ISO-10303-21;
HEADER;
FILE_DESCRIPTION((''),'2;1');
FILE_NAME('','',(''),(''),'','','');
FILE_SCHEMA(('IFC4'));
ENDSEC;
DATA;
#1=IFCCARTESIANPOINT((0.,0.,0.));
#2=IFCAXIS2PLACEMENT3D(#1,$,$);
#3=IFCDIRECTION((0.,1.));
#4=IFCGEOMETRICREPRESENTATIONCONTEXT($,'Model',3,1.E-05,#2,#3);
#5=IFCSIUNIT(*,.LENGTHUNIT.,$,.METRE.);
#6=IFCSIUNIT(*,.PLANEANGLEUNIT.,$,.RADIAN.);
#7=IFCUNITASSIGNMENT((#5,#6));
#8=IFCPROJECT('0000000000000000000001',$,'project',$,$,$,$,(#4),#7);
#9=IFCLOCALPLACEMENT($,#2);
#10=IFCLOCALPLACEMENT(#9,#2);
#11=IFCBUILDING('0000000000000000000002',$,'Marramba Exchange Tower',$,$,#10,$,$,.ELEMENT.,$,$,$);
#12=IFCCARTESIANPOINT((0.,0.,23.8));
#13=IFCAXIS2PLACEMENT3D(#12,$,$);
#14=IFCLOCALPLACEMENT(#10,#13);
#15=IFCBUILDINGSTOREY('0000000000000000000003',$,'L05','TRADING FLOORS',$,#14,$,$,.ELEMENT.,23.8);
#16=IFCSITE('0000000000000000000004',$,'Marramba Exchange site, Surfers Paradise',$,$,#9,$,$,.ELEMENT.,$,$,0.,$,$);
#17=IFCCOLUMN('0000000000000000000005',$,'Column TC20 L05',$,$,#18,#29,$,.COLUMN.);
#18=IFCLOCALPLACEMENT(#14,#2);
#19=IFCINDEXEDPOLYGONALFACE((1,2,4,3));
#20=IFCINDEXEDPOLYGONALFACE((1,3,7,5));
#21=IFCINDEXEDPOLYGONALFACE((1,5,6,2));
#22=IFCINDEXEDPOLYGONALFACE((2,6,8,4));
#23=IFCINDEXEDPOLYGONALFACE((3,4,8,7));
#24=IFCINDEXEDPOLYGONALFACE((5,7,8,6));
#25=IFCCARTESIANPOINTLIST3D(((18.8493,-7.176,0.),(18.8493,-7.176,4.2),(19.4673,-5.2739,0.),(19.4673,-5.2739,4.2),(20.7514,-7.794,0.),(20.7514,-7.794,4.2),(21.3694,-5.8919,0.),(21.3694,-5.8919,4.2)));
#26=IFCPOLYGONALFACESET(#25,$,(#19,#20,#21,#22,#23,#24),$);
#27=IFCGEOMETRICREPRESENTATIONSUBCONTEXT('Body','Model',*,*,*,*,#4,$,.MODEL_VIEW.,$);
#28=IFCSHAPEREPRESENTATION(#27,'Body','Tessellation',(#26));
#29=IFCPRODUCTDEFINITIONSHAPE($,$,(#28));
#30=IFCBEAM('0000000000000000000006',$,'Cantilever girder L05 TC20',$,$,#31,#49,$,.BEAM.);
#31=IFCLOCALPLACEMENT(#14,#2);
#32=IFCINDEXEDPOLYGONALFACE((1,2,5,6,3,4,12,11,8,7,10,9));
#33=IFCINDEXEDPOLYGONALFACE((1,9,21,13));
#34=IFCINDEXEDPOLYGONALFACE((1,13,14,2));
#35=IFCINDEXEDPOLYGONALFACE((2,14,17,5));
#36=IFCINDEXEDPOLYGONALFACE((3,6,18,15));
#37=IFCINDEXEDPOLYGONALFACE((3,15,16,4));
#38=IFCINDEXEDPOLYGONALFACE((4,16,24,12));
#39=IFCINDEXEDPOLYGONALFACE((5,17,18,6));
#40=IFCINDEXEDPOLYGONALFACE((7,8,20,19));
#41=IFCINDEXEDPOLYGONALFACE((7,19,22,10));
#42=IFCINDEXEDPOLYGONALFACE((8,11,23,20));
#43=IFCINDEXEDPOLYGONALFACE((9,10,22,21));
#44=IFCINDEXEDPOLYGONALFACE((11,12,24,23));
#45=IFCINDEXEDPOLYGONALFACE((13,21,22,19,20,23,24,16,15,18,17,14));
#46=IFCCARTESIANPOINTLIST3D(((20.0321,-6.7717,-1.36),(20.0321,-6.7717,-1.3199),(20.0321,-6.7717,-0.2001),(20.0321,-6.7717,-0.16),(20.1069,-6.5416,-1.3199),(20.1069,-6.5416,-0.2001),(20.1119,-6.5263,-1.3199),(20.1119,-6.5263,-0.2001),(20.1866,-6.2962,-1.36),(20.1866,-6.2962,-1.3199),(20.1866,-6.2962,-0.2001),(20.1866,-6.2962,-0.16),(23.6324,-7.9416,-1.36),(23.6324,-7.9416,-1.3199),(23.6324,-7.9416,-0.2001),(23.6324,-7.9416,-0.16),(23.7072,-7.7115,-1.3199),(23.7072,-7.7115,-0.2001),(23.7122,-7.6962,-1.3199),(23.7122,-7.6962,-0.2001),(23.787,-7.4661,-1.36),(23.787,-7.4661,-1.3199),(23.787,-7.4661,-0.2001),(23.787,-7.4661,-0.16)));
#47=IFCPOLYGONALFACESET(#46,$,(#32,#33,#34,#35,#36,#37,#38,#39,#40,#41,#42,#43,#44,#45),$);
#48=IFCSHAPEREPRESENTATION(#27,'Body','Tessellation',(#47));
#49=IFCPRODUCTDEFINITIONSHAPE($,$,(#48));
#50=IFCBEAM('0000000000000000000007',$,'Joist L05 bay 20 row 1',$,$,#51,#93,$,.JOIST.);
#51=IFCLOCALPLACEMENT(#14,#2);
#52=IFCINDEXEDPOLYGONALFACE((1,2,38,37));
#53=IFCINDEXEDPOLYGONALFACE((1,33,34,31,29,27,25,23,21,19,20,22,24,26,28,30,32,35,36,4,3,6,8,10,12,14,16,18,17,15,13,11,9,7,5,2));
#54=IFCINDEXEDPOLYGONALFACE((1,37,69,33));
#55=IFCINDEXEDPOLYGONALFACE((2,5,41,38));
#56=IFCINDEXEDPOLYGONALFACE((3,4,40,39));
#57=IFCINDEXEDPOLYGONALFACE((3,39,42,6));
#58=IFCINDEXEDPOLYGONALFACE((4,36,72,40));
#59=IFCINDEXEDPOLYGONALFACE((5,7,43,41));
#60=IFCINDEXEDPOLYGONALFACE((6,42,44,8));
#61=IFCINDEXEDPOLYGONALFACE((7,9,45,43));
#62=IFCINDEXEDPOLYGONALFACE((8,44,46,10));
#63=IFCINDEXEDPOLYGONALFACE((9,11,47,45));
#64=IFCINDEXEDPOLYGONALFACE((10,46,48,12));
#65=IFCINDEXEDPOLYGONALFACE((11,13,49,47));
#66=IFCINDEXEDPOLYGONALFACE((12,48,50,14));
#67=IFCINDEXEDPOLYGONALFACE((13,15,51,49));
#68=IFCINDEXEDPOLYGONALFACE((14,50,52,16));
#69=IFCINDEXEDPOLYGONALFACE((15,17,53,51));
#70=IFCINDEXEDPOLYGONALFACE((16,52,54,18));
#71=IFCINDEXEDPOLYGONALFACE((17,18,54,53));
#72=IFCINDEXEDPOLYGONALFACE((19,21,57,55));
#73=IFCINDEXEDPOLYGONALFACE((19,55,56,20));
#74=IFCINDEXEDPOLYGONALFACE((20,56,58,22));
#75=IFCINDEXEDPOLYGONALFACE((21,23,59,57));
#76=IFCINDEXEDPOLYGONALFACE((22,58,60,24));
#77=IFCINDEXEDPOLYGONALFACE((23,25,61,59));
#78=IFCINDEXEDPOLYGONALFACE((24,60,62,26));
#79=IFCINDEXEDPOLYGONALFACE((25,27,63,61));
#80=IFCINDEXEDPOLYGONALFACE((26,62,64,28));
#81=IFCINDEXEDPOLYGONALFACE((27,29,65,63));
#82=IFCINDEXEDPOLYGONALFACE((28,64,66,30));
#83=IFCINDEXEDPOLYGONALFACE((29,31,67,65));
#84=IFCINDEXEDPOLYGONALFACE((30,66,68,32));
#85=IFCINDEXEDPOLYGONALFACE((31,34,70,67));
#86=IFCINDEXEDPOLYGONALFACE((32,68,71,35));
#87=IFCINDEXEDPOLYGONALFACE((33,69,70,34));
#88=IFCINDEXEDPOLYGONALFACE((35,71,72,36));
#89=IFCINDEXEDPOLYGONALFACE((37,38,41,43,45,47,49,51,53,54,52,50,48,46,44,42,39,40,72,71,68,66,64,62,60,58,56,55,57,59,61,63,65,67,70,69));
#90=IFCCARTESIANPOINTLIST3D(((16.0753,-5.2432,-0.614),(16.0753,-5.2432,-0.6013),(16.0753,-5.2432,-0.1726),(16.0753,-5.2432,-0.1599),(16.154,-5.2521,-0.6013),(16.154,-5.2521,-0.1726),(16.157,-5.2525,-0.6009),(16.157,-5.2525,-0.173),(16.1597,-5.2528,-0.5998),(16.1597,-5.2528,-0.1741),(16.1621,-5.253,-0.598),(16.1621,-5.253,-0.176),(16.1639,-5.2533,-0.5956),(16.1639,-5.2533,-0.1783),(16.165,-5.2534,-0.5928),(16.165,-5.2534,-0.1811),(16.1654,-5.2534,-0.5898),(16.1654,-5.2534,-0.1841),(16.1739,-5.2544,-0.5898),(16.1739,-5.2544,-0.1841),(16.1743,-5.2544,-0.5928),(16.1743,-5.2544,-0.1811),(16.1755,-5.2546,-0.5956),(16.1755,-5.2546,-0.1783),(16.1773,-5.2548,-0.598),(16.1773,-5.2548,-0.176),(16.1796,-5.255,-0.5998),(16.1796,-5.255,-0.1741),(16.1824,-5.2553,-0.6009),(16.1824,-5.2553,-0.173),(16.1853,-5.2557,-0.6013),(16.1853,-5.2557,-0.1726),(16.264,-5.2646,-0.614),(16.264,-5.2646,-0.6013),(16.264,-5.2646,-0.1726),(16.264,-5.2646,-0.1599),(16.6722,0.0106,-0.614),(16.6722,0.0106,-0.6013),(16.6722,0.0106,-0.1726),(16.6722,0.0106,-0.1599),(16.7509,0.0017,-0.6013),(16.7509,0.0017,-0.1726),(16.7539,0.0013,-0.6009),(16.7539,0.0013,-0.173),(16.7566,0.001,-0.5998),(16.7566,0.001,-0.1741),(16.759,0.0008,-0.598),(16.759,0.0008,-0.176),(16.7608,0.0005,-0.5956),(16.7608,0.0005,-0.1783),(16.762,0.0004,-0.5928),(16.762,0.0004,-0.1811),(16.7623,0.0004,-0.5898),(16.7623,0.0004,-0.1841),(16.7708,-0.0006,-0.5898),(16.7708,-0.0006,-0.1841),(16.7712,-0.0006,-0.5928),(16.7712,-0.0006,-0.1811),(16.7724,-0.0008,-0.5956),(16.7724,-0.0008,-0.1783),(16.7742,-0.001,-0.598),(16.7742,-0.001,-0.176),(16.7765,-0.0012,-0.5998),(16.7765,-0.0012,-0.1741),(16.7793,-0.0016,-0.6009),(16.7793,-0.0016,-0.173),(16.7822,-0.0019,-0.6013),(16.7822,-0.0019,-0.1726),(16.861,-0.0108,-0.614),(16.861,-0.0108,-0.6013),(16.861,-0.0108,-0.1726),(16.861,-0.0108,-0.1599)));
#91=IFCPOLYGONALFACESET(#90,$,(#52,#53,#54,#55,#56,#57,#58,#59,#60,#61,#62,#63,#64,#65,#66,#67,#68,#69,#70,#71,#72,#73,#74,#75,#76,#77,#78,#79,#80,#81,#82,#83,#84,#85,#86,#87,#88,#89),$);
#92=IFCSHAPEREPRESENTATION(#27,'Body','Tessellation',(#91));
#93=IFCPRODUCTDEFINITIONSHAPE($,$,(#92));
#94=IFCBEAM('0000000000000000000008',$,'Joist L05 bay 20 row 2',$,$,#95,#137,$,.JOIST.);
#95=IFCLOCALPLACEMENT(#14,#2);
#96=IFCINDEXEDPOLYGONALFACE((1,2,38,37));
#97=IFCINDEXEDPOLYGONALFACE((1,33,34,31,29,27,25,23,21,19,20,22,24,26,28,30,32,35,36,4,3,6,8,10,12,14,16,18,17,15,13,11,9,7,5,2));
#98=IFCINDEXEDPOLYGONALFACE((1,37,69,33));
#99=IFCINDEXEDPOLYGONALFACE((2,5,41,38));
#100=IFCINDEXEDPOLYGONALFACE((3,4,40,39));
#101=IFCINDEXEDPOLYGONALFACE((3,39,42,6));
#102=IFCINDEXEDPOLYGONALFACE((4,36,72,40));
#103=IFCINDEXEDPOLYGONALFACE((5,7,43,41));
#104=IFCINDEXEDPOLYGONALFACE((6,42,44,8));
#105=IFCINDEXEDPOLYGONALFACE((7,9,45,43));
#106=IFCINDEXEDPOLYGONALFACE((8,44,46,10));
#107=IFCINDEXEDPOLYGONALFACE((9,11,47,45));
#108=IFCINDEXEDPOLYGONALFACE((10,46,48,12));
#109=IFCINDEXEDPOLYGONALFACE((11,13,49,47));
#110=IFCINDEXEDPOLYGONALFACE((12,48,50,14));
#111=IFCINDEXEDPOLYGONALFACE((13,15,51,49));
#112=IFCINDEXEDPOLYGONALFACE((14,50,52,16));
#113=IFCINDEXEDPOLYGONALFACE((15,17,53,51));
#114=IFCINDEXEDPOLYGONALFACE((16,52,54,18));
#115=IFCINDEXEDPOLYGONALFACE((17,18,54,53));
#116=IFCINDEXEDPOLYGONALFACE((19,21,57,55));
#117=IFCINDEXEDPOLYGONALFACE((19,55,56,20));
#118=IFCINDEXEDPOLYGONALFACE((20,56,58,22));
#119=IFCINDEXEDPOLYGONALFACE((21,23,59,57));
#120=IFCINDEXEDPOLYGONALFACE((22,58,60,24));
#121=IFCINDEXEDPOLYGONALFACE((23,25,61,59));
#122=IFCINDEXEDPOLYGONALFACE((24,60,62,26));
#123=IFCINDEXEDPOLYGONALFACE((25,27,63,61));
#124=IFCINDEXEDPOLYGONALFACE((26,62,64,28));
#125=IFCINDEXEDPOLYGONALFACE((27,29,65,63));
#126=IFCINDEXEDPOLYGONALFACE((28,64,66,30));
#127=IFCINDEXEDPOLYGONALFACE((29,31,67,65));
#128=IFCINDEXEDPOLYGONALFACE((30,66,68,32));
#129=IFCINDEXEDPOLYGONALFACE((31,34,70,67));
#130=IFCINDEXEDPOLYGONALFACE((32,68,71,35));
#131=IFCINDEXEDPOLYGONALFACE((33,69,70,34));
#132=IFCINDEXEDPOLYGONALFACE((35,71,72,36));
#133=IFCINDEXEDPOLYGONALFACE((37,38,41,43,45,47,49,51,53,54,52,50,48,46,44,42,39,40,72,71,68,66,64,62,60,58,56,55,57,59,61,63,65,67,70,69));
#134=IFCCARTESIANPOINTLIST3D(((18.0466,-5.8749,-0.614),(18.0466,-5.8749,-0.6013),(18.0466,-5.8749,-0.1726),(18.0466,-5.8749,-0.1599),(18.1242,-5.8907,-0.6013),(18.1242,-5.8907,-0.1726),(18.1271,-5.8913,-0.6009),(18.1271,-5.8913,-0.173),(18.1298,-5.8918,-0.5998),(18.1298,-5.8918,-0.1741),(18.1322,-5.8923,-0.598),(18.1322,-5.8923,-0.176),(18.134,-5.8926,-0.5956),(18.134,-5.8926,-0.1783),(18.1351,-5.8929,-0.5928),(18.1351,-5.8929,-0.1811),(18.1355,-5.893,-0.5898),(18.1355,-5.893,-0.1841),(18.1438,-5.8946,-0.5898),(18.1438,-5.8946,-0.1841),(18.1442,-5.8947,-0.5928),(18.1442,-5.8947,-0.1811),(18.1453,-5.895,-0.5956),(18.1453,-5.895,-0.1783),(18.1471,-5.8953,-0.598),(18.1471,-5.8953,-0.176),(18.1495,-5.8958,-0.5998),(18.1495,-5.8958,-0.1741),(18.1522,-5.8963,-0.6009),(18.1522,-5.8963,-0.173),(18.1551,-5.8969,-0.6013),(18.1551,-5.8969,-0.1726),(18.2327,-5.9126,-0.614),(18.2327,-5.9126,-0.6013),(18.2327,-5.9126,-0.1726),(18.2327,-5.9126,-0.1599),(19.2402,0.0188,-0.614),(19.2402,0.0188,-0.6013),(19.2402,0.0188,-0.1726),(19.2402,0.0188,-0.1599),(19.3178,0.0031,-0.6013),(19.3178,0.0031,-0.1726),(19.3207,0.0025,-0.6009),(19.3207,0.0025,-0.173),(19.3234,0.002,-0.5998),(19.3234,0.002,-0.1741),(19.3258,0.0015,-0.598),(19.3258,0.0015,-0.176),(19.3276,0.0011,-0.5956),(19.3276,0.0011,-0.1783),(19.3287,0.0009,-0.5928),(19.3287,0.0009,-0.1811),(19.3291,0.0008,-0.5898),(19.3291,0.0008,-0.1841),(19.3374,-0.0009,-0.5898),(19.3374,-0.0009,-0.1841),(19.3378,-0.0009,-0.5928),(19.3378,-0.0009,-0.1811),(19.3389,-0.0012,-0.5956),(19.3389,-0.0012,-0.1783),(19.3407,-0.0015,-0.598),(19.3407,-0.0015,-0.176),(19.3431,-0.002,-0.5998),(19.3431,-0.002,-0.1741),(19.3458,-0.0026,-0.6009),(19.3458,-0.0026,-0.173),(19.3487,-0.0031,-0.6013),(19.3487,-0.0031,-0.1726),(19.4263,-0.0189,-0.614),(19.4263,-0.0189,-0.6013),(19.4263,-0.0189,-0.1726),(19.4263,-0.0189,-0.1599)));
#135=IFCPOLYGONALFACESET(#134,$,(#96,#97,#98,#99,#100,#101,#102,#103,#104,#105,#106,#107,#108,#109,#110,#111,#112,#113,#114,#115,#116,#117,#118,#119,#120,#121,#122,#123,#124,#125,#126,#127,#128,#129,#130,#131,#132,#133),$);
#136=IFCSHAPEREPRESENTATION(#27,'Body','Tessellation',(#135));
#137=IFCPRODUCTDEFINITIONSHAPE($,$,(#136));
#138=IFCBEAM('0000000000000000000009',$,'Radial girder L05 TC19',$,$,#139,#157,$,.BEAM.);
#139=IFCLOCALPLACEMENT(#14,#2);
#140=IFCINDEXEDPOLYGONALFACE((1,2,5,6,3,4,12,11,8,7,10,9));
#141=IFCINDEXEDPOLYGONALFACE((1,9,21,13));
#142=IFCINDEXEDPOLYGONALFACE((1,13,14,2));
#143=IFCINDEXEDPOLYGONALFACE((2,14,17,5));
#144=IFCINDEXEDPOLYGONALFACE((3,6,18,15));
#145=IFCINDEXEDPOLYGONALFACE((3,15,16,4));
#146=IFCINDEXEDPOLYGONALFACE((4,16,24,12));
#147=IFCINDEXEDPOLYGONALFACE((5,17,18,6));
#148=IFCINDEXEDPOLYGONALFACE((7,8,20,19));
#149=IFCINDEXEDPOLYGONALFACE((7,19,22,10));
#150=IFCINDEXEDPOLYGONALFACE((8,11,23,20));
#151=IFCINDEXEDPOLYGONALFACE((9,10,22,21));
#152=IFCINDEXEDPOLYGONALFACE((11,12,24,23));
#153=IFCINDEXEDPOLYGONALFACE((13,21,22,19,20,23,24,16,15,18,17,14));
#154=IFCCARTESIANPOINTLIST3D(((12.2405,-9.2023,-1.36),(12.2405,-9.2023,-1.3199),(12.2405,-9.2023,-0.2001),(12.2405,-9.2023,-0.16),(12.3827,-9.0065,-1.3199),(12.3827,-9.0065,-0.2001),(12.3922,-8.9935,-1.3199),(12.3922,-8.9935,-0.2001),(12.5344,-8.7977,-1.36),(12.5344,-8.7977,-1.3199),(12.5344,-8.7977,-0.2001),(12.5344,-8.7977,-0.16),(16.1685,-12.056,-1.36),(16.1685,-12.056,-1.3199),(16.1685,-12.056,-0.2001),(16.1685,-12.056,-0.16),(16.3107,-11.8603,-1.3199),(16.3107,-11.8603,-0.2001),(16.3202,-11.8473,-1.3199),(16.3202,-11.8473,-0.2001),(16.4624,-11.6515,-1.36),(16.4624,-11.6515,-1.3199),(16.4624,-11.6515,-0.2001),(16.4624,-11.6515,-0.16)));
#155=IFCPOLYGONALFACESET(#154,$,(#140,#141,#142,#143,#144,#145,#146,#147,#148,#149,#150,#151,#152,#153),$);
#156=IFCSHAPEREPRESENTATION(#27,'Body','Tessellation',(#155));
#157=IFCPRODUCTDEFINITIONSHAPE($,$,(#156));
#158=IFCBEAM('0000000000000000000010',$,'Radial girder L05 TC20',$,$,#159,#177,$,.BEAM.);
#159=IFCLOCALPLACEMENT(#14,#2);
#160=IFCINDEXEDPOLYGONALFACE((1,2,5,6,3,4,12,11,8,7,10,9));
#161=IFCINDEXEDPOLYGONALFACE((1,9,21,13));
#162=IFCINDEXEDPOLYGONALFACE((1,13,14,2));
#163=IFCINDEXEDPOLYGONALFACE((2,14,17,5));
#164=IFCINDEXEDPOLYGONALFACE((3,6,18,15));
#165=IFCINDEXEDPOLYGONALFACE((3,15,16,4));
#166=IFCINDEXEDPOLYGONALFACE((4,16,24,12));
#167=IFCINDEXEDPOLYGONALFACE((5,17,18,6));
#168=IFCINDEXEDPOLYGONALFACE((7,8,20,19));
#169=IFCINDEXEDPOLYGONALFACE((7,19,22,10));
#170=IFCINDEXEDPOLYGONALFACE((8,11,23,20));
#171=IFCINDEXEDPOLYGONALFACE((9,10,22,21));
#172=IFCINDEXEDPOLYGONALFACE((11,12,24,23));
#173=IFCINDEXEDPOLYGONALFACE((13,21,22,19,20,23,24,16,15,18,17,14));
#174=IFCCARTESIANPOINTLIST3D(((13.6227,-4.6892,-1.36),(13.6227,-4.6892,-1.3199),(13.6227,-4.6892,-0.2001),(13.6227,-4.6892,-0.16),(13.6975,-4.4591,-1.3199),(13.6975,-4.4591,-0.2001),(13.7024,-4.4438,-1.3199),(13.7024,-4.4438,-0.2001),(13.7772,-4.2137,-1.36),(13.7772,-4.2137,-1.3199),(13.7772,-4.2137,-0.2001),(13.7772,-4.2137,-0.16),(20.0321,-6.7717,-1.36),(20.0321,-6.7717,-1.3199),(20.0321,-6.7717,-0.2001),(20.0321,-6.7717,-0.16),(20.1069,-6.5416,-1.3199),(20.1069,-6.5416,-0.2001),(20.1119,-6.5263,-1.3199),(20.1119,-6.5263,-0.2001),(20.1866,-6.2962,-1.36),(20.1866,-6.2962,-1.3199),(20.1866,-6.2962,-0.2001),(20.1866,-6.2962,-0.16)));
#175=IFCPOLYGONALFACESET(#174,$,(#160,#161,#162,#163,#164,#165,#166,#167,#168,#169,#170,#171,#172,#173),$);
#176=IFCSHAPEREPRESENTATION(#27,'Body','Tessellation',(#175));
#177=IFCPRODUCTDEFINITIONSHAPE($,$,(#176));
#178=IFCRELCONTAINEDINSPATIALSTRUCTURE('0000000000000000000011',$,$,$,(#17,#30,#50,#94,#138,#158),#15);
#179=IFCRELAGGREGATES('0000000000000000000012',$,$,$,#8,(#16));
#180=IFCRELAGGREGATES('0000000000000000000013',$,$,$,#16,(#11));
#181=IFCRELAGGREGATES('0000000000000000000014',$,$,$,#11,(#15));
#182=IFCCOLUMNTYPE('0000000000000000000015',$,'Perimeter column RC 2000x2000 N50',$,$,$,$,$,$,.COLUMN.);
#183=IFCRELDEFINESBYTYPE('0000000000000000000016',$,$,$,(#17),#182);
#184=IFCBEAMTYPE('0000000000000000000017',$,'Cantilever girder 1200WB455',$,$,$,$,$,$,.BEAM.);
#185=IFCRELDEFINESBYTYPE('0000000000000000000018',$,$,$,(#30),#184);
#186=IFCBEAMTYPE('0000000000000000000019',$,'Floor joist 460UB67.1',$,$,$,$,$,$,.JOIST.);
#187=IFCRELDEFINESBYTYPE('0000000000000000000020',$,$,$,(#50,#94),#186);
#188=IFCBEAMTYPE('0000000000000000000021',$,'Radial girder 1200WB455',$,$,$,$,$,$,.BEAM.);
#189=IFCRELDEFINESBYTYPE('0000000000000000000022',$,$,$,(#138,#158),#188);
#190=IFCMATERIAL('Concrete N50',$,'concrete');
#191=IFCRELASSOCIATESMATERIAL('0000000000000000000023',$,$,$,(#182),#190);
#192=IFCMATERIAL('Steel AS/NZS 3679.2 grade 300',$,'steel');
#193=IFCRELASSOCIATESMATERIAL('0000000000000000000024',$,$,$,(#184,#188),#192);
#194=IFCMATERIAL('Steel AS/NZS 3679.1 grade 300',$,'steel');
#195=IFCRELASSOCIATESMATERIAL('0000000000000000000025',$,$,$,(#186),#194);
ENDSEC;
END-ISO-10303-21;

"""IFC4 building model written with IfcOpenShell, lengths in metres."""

from ifc_helpers import new_model, si_unit, direction, frame, origin, origin_2d, place, context, subcontext, project, spatial, rectangle, i_section, extrude, material, material_profile, profile_set, type_object, element, save


model = new_model("IFC4")

# Units and contexts
model_context = context("Model", 3, precision=1e-05, world=origin(), true_north=direction((0.0, 1.0)))
body_context = subcontext(model_context, "Body", "Model", "MODEL_VIEW")
ifc_project = project(units=[si_unit("LENGTHUNIT", "METRE"), si_unit("PLANEANGLEUNIT", "RADIAN")], contexts=[model_context])

# Site, building, storey
site_placement = place(None, origin())
site = spatial("IfcSite", under=ifc_project, at=site_placement, Name="Marramba Exchange site, Surfers Paradise", CompositionType="ELEMENT", RefElevation=0.0)
building_placement = place(site_placement, origin())
building = spatial("IfcBuilding", under=site, at=building_placement, Name="Marramba Exchange Tower", CompositionType="ELEMENT")
storey_placement = place(building_placement, frame((0.0, 0.0, 23.8)))
storey = spatial("IfcBuildingStorey", under=building, at=storey_placement, Name="L05", Description="TRADING FLOORS", CompositionType="ELEMENT", Elevation=23.8)

# Column
ifc_material_1 = material(Name="Concrete N50", Category="concrete")
ifc_material_profile_1 = material_profile(ifc_material_1, rectangle(XDim=2.0, YDim=2.0, at=origin_2d()), Name="RC 2000x2000")
ifc_profile_set_1 = profile_set([ifc_material_profile_1], Name="Concrete N50")
column_type = type_object("IfcColumnType", Name="Perimeter column RC 2000x2000 N50", PredefinedType="COLUMN", material=ifc_profile_set_1)
column_placement = place(storey_placement, frame((20.1094, -6.5339, 0.0), z_axis=(0.0, 0.0, 1.0), x_axis=(0.951057, -0.309017, 0.0)))
element("IfcColumn", 1, at=column_placement, inside=storey, type_object=column_type, Name="Column TC20 L05", PredefinedType="COLUMN", context=body_context, shape_type="SweptSolid", body=[
    extrude(rectangle(XDim=2.0, YDim=2.0, at=origin_2d()), origin(), (0.0, 0.0, 1.0), 4.2),
])

# Beams
ifc_material_2 = material(Name="Steel AS/NZS 3679.2 grade 300", Category="steel")
ifc_material_profile_2 = material_profile(ifc_material_2, i_section(OverallWidth=0.5, OverallDepth=1.2, WebThickness=0.0161, FlangeThickness=0.04, at=origin_2d()), Name="1200WB455")
ifc_profile_set_2 = profile_set([ifc_material_profile_2], Name="Steel AS/NZS 3679.2 grade 300")
beam_type_1 = type_object("IfcBeamType", Name="Cantilever girder 1200WB455", PredefinedType="BEAM", material=ifc_profile_set_2)
beam_1_placement = place(storey_placement, frame((20.1094, -6.5339, -0.76), z_axis=(0.951049, -0.309041, 0.0), x_axis=(0.309041, 0.951049, 0.0)))
element("IfcBeam", 2, at=beam_1_placement, inside=storey, type_object=beam_type_1, Name="Cantilever girder L05 TC20", PredefinedType="BEAM", context=body_context, shape_type="SweptSolid", body=[
    extrude(i_section(OverallWidth=0.5, OverallDepth=1.2, WebThickness=0.0161, FlangeThickness=0.04, at=origin_2d()), origin(), (0.0, 0.0, 1.0), 3.7856),
])
ifc_material_3 = material(Name="Steel AS/NZS 3679.1 grade 300", Category="steel")
ifc_material_profile_3 = material_profile(ifc_material_3, i_section(OverallWidth=0.1899, OverallDepth=0.4541, WebThickness=0.0085, FlangeThickness=0.0127, FilletRadius=0.0115, at=origin_2d()), Name="460UB67.1")
ifc_profile_set_3 = profile_set([ifc_material_profile_3], Name="Steel AS/NZS 3679.1 grade 300")
beam_type_2 = type_object("IfcBeamType", Name="Floor joist 460UB67.1", PredefinedType="JOIST", material=ifc_profile_set_3)
beam_2_placement = place(storey_placement, frame((16.1697, -5.2539, -0.387), z_axis=(0.112889, 0.993608, 0.0), x_axis=(-0.993608, 0.112889, 0.0)))
element("IfcBeam", 3, at=beam_2_placement, inside=storey, type_object=beam_type_2, Name="Joist L05 bay 20 row 1", PredefinedType="JOIST", context=body_context, shape_type="SweptSolid", body=[
    extrude(i_section(OverallWidth=0.1899, OverallDepth=0.4541, WebThickness=0.0085, FlangeThickness=0.0127, FilletRadius=0.0115, at=origin_2d()), origin(), (0.0, 0.0, 1.0), 5.2876),
])
beam_3_placement = place(storey_placement, frame((18.1396, -5.8938, -0.387), z_axis=(0.198489, 0.980103, 0.0), x_axis=(-0.980103, 0.198489, 0.0)))
element("IfcBeam", 4, at=beam_3_placement, inside=storey, type_object=beam_type_2, Name="Joist L05 bay 20 row 2", PredefinedType="JOIST", context=body_context, shape_type="SweptSolid", body=[
    extrude(i_section(OverallWidth=0.1899, OverallDepth=0.4541, WebThickness=0.0085, FlangeThickness=0.0127, FilletRadius=0.0115, at=origin_2d()), origin(), (0.0, 0.0, 1.0), 6.0134),
])
ifc_material_profile_4 = material_profile(ifc_material_2, i_section(OverallWidth=0.5, OverallDepth=1.2, WebThickness=0.0161, FlangeThickness=0.04, at=origin_2d()), Name="1200WB455")
ifc_profile_set_4 = profile_set([ifc_material_profile_4], Name="Steel AS/NZS 3679.2 grade 300")
beam_type_3 = type_object("IfcBeamType", Name="Radial girder 1200WB455", PredefinedType="BEAM", material=ifc_profile_set_4)
beam_4_placement = place(storey_placement, frame((12.3875, -9.0, -0.76), z_axis=(0.809025, -0.587774, 0.0), x_axis=(0.587774, 0.809025, 0.0)))
element("IfcBeam", 5, at=beam_4_placement, inside=storey, type_object=beam_type_3, Name="Radial girder L05 TC19", PredefinedType="BEAM", context=body_context, shape_type="SweptSolid", body=[
    extrude(i_section(OverallWidth=0.5, OverallDepth=1.2, WebThickness=0.0161, FlangeThickness=0.04, at=origin_2d()), origin(), (0.0, 0.0, 1.0), 4.8552),
])
beam_5_placement = place(storey_placement, frame((13.7, -4.4514, -0.76), z_axis=(0.951058, -0.309013, 0.0), x_axis=(0.309013, 0.951058, 0.0)))
element("IfcBeam", 6, at=beam_5_placement, inside=storey, type_object=beam_type_3, Name="Radial girder L05 TC20", PredefinedType="BEAM", context=body_context, shape_type="SweptSolid", body=[
    extrude(i_section(OverallWidth=0.5, OverallDepth=1.2, WebThickness=0.0161, FlangeThickness=0.04, at=origin_2d()), origin(), (0.0, 0.0, 1.0), 6.7393),
])

save(model, "model.ifc")
